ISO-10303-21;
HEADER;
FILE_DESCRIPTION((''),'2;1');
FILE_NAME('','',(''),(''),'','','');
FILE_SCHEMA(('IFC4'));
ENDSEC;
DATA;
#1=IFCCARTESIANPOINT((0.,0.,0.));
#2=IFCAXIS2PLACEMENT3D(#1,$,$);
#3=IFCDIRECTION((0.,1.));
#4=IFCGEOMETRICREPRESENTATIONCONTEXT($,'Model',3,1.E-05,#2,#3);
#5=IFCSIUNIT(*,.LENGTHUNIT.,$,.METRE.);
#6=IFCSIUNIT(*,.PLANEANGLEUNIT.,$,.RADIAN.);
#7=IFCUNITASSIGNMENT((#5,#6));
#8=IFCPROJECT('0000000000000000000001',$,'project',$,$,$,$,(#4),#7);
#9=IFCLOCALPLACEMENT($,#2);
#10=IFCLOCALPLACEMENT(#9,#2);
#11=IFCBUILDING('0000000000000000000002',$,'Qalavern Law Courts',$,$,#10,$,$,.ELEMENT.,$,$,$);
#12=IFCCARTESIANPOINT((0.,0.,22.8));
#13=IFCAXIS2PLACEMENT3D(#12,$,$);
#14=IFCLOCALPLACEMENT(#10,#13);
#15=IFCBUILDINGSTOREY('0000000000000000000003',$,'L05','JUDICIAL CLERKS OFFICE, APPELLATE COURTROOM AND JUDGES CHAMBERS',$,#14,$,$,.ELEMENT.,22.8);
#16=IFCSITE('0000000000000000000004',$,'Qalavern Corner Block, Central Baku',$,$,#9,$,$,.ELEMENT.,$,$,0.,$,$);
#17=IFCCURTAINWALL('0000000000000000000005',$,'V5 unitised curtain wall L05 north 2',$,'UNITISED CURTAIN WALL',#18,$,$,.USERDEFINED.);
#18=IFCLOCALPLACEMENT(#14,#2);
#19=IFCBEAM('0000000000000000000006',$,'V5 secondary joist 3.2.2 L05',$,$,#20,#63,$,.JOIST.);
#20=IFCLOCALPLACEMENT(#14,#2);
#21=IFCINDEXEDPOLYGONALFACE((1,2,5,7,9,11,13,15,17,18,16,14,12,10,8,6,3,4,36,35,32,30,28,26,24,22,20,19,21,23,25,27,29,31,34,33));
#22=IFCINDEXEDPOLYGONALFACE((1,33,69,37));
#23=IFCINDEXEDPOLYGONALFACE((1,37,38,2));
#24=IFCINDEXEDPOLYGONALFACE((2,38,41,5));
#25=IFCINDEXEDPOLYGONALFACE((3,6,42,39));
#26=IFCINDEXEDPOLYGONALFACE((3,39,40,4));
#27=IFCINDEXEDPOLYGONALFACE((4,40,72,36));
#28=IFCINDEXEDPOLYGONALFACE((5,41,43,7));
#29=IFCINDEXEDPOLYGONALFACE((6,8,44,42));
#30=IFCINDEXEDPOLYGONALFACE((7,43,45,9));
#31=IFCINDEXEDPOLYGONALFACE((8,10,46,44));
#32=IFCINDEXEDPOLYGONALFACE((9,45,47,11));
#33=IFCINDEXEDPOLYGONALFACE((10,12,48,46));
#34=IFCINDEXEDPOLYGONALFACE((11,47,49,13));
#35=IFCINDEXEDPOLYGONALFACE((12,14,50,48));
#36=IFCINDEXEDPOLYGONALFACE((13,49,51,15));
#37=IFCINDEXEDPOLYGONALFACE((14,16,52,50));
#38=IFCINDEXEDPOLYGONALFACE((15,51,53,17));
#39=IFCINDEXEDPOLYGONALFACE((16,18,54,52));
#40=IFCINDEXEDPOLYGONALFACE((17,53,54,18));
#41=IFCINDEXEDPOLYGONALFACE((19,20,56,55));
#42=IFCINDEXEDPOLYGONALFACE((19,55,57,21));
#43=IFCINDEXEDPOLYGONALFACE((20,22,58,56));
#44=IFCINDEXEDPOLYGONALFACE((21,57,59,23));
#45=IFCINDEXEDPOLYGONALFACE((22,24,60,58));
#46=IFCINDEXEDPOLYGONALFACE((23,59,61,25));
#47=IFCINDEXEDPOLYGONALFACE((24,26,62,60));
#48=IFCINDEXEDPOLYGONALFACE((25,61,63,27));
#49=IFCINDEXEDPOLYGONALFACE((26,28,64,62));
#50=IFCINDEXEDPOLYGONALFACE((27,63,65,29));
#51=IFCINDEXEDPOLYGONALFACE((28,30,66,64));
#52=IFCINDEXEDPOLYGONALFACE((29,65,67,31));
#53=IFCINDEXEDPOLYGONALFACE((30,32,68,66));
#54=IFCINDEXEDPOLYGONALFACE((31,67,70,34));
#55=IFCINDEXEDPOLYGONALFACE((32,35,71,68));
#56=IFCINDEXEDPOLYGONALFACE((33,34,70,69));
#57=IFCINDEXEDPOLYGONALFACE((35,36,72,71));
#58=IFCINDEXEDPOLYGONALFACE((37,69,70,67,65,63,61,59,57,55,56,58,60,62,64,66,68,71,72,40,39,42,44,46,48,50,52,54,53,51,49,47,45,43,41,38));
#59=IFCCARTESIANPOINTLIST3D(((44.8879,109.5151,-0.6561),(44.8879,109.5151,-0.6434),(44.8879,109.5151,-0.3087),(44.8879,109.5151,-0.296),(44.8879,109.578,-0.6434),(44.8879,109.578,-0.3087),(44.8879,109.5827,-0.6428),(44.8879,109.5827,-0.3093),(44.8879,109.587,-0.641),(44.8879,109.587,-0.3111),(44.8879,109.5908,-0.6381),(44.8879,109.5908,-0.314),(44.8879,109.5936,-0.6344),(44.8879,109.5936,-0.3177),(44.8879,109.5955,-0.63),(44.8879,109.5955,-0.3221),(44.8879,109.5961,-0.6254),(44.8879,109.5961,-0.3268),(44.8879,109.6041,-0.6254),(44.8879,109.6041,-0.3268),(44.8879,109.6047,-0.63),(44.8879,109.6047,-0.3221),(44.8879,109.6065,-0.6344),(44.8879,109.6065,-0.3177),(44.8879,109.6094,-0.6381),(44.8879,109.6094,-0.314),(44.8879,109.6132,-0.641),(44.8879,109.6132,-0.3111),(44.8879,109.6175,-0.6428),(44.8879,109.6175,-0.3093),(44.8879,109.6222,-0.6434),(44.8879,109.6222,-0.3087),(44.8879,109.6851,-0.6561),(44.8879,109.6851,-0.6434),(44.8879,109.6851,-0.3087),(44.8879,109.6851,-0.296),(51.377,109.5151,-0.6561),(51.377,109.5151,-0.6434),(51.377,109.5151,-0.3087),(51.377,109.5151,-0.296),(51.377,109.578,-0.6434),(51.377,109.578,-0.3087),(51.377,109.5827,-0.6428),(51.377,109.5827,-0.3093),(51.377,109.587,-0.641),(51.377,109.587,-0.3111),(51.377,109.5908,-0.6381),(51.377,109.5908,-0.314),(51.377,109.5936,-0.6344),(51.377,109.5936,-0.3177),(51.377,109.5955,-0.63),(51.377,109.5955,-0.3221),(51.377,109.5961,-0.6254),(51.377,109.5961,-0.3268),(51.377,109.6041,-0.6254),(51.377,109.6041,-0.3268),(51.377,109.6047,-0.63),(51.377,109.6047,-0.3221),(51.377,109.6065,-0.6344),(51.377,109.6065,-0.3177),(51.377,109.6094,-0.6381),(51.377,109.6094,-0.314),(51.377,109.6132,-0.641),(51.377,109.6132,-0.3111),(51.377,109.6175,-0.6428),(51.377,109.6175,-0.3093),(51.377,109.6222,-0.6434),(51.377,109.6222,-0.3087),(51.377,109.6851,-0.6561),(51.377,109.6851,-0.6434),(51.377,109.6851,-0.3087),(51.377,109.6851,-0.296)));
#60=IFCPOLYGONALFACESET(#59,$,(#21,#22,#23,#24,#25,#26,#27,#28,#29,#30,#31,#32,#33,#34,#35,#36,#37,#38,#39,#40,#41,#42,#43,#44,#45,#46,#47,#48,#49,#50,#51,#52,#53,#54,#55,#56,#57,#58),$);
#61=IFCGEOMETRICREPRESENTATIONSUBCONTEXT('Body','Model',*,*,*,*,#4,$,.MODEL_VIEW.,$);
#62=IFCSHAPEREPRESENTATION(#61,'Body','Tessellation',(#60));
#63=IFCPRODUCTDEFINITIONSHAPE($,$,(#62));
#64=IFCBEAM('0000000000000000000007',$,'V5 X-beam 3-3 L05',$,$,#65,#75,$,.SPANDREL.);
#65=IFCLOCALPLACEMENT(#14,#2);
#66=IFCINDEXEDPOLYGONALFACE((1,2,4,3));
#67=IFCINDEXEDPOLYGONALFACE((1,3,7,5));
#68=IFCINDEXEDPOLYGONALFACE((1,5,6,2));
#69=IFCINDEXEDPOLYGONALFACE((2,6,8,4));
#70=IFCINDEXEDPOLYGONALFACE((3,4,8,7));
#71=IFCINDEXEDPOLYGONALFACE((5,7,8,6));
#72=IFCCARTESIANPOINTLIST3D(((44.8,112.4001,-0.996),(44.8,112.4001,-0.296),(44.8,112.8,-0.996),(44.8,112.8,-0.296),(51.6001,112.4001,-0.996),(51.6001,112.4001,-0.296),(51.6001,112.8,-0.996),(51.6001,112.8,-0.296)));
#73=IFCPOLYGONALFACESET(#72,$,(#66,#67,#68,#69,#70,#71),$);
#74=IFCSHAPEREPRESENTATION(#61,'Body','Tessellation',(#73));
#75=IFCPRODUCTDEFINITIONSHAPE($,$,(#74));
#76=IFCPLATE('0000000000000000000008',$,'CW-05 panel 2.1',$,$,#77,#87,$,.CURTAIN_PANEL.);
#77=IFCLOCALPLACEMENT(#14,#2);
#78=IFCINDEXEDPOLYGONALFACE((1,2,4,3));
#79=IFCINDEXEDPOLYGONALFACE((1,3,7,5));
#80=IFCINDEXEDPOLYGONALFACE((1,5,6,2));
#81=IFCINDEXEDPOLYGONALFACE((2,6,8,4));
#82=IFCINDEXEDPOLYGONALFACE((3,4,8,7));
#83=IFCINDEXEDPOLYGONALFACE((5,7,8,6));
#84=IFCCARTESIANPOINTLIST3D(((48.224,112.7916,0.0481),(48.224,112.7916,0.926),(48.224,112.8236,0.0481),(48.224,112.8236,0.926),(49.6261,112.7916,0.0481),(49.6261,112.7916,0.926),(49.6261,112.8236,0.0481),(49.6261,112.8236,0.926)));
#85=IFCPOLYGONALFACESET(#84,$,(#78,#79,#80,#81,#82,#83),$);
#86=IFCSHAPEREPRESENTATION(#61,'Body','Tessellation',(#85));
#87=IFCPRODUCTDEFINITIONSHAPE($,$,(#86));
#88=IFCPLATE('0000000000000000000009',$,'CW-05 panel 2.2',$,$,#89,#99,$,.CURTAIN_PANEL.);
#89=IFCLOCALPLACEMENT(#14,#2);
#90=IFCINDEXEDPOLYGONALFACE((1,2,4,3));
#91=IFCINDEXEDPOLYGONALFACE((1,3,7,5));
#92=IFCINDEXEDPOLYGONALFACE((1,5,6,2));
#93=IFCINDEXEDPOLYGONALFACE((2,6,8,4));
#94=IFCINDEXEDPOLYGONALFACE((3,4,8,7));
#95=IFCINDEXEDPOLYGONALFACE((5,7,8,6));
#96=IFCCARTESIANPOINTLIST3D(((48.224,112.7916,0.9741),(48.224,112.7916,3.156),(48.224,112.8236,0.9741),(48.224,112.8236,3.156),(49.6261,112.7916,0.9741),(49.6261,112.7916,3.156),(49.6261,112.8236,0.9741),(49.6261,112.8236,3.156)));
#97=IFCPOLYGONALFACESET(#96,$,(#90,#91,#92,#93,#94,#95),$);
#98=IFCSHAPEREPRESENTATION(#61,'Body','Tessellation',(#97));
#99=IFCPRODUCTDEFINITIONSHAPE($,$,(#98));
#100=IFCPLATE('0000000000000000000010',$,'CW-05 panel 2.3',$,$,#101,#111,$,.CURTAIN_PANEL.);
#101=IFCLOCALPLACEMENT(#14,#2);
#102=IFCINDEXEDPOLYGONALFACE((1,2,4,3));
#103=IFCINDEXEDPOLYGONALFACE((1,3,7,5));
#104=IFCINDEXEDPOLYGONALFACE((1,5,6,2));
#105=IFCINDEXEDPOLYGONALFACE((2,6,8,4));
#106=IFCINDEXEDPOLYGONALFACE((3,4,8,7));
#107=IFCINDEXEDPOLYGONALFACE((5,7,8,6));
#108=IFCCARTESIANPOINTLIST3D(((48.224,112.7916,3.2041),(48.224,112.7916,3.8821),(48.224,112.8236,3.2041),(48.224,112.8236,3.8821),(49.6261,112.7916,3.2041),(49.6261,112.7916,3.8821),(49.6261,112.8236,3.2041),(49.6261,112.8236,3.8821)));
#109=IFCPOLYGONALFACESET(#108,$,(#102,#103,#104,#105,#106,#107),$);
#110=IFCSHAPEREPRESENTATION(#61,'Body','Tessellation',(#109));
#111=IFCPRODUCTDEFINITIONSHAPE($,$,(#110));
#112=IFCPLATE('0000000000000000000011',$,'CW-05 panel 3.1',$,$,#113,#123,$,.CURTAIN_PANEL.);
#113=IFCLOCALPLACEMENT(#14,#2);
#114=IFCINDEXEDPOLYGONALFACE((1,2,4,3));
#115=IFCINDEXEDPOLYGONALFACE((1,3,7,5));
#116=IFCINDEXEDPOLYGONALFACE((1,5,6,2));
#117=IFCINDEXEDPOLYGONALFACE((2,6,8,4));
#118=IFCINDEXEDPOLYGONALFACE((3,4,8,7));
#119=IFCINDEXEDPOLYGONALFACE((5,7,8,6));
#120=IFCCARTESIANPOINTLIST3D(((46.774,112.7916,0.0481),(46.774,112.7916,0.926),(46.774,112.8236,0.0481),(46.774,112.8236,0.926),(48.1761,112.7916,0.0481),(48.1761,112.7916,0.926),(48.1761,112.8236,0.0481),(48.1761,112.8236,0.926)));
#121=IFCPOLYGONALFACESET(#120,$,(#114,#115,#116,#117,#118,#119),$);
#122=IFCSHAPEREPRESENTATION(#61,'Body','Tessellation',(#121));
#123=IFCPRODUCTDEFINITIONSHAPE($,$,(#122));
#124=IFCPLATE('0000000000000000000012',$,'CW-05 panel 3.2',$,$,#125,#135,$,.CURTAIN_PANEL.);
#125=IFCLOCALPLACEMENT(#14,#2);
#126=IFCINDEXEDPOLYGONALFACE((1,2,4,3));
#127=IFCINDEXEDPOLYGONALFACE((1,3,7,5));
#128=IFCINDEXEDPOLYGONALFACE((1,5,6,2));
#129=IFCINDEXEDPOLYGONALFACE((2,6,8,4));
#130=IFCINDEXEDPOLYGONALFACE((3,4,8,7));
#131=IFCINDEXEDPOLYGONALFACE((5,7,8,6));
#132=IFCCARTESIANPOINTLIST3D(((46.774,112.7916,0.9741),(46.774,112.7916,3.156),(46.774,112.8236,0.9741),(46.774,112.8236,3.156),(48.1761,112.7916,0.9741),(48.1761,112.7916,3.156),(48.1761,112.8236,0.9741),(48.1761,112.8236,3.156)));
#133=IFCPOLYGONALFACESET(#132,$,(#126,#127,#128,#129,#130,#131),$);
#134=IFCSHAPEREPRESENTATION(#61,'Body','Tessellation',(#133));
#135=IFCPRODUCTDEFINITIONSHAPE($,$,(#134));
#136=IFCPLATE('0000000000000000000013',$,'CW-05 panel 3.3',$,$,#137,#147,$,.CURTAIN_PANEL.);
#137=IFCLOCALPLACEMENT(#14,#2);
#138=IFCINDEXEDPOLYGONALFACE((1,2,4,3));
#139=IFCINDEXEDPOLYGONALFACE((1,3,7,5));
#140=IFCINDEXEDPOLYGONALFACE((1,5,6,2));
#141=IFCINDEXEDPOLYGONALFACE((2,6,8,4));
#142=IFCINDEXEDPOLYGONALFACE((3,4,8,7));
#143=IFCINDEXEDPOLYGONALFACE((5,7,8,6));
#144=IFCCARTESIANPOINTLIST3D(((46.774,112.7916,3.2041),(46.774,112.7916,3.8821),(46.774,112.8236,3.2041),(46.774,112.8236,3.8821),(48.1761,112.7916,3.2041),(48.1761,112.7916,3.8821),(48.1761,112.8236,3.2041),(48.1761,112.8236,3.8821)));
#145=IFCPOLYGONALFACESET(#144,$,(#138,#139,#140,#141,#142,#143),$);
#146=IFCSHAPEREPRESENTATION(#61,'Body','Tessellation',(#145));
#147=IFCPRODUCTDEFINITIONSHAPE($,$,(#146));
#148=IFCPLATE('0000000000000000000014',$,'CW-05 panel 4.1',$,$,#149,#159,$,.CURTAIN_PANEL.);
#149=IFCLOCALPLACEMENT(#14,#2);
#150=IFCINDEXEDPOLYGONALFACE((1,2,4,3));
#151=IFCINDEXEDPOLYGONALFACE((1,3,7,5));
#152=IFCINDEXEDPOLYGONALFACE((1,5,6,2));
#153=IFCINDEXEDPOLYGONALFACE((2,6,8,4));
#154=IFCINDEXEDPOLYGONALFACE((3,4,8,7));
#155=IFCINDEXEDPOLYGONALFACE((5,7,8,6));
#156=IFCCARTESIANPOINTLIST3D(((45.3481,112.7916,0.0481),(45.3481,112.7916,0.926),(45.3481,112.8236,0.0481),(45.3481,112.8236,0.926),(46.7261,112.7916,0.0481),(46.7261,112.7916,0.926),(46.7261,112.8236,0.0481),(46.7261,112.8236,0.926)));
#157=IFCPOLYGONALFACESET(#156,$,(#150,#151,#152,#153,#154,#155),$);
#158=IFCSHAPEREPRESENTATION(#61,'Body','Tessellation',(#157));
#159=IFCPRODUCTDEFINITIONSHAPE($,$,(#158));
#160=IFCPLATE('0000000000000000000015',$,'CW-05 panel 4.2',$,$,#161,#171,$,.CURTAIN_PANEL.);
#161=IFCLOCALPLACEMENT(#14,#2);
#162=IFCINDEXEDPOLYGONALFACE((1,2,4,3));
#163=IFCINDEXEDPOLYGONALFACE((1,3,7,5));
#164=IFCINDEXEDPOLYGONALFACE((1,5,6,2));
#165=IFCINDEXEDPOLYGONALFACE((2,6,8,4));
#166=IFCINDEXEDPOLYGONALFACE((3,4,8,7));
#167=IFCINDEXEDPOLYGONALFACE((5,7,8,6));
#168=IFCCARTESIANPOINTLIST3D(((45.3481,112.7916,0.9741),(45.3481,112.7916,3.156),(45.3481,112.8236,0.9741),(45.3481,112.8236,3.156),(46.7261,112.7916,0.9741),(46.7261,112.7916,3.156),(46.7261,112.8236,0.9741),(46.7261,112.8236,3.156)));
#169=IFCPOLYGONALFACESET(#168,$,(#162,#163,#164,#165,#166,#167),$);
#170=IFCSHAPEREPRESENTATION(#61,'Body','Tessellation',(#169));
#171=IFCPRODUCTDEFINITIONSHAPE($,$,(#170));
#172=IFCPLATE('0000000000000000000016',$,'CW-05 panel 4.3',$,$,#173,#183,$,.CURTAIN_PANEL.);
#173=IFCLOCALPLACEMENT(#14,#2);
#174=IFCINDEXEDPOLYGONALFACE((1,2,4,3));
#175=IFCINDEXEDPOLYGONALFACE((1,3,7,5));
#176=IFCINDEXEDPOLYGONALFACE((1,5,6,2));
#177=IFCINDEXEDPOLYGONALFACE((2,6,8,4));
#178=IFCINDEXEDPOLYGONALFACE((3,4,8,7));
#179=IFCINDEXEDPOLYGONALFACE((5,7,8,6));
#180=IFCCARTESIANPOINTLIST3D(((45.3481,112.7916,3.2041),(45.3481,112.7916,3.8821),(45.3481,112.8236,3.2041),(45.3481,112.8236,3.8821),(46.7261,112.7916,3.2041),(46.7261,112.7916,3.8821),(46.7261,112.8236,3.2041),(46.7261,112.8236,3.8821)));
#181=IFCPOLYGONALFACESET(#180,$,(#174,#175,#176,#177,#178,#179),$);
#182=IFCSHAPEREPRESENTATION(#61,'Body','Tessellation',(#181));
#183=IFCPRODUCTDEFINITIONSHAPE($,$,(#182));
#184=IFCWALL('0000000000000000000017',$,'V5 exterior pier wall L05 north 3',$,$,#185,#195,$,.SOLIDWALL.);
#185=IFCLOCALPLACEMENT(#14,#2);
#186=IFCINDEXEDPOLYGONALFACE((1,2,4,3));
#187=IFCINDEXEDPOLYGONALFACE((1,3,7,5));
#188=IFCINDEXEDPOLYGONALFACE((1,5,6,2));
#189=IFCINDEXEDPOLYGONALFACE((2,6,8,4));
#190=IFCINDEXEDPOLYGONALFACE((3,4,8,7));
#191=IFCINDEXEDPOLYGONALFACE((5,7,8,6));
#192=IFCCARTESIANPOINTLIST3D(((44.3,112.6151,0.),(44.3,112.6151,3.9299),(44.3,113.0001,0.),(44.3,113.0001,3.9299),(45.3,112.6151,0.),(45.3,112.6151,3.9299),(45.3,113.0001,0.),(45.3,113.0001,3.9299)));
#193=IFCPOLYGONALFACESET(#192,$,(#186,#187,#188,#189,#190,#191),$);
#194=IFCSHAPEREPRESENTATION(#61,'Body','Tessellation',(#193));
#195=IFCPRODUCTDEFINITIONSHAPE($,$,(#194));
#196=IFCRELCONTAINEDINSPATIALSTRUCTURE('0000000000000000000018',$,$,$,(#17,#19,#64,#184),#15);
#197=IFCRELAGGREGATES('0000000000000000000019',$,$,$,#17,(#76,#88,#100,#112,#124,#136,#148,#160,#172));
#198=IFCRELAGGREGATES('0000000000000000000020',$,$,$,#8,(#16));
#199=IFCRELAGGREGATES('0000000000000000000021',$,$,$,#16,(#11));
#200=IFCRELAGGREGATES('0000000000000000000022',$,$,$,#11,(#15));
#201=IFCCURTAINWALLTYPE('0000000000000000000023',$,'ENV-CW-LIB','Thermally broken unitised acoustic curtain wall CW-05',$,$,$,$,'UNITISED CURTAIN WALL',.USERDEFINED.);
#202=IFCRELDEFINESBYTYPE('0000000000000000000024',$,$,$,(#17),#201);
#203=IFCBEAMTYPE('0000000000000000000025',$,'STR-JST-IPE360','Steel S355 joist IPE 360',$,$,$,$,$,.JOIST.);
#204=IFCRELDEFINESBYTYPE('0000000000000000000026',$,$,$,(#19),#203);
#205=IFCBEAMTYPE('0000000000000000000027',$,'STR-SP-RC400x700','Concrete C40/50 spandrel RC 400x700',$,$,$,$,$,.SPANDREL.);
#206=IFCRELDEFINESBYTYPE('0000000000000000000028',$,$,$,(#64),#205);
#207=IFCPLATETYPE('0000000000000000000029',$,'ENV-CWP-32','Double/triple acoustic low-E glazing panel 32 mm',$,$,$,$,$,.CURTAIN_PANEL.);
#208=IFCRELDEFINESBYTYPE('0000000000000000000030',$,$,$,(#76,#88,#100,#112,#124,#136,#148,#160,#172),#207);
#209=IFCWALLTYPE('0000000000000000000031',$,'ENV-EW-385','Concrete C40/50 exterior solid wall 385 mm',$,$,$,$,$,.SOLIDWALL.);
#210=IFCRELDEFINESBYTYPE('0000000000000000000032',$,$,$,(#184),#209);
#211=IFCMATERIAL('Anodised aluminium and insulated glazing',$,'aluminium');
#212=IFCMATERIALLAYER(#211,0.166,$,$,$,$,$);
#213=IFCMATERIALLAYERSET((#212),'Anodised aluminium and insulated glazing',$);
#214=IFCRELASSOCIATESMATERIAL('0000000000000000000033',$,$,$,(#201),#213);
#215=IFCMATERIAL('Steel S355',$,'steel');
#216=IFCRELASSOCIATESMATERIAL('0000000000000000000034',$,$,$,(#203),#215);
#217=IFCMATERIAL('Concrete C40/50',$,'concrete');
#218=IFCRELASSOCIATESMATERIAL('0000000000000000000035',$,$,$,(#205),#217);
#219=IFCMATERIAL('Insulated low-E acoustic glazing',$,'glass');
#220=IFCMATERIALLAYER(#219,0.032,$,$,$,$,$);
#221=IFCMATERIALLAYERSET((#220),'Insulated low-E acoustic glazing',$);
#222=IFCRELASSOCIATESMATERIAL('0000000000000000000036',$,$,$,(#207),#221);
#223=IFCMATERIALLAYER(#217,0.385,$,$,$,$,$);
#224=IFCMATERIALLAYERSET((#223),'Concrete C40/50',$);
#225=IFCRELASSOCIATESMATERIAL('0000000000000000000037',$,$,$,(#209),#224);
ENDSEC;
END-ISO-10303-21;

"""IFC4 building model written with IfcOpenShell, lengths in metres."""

from ifc_helpers import new_model, si_unit, direction, frame, frame_2d, origin, origin_2d, place, context, subcontext, project, spatial, rectangle, i_section, extrude, material, layer, layer_set, material_profile, profile_set, type_object, element, aggregate, save


model = new_model("IFC4")

# Units and contexts
model_context = context("Model", 3, precision=1e-05, world=origin(), true_north=direction((0.0, 1.0)))
body_context = subcontext(model_context, "Body", "Model", "MODEL_VIEW")
ifc_project = project(units=[si_unit("LENGTHUNIT", "METRE"), si_unit("PLANEANGLEUNIT", "RADIAN")], contexts=[model_context])

# Site, building, storey
site_placement = place(None, origin())
site = spatial("IfcSite", under=ifc_project, at=site_placement, Name="Qalavern Corner Block, Central Baku", CompositionType="ELEMENT", RefElevation=0.0)
building_placement = place(site_placement, origin())
building = spatial("IfcBuilding", under=site, at=building_placement, Name="Qalavern Law Courts", CompositionType="ELEMENT")
storey_placement = place(building_placement, frame((0.0, 0.0, 22.8)))
storey = spatial("IfcBuildingStorey", under=building, at=storey_placement, Name="L05", Description="JUDICIAL CLERKS OFFICE, APPELLATE COURTROOM AND JUDGES CHAMBERS", CompositionType="ELEMENT", Elevation=22.8)

# Curtain wall
ifc_material_1 = material(Name="Anodised aluminium and insulated glazing", Category="aluminium")
ifc_layer_1 = layer(ifc_material_1, 0.166)
ifc_layer_set_1 = layer_set([ifc_layer_1], Name="Anodised aluminium and insulated glazing")
curtain_wall_type = type_object("IfcCurtainWallType", Name="ENV-CW-LIB", Description="Thermally broken unitised acoustic curtain wall CW-05", ElementType="UNITISED CURTAIN WALL", PredefinedType="USERDEFINED", material=ifc_layer_set_1)
curtain_wall_1_placement = place(storey_placement, origin())
curtain_wall_1 = element("IfcCurtainWall", 1, at=curtain_wall_1_placement, inside=storey, type_object=curtain_wall_type, Name="V5 unitised curtain wall L05 north 2", ObjectType="UNITISED CURTAIN WALL", PredefinedType="USERDEFINED")

# Beams
ifc_material_2 = material(Name="Steel S355", Category="steel")
ifc_material_profile_1 = material_profile(ifc_material_2, i_section(OverallWidth=0.1699, OverallDepth=0.3601, WebThickness=0.0081, FlangeThickness=0.0127, FilletRadius=0.0181, at=origin_2d()), Name="IPE 360")
ifc_profile_set_1 = profile_set([ifc_material_profile_1], Name="Steel S355")
beam_type_1 = type_object("IfcBeamType", Name="STR-JST-IPE360", Description="Steel S355 joist IPE 360", PredefinedType="JOIST", material=ifc_profile_set_1)
beam_1_placement = place(storey_placement, frame((44.8879, 109.6001, -0.4761), z_axis=(1.0, 0.0, 0.0), x_axis=(0.0, 1.0, 0.0)))
element("IfcBeam", 2, at=beam_1_placement, inside=storey, type_object=beam_type_1, Name="V5 secondary joist 3.2.2 L05", PredefinedType="JOIST", context=body_context, shape_type="SweptSolid", body=[
    extrude(i_section(OverallWidth=0.1699, OverallDepth=0.3601, WebThickness=0.0081, FlangeThickness=0.0127, FilletRadius=0.0181, at=origin_2d()), origin(), (0.0, 0.0, 1.0), 6.489),
])
ifc_material_3 = material(Name="Concrete C40/50", Category="concrete")
ifc_material_profile_2 = material_profile(ifc_material_3, rectangle(XDim=0.3999, YDim=0.7, at=origin_2d()), Name="RC 400x700")
ifc_profile_set_2 = profile_set([ifc_material_profile_2], Name="Concrete C40/50")
beam_type_2 = type_object("IfcBeamType", Name="STR-SP-RC400x700", Description="Concrete C40/50 spandrel RC 400x700", PredefinedType="SPANDREL", material=ifc_profile_set_2)
beam_2_placement = place(storey_placement, frame((44.8, 112.6001, -0.646), z_axis=(1.0, 0.0, 0.0), x_axis=(0.0, 1.0, 0.0)))
element("IfcBeam", 3, at=beam_2_placement, inside=storey, type_object=beam_type_2, Name="V5 X-beam 3-3 L05", PredefinedType="SPANDREL", context=body_context, shape_type="SweptSolid", body=[
    extrude(rectangle(XDim=0.3999, YDim=0.7, at=origin_2d()), origin(), (0.0, 0.0, 1.0), 6.8),
])

# Plates
ifc_material_4 = material(Name="Insulated low-E acoustic glazing", Category="glass")
ifc_layer_2 = layer(ifc_material_4, 0.032)
ifc_layer_set_2 = layer_set([ifc_layer_2], Name="Insulated low-E acoustic glazing")
plate_type = type_object("IfcPlateType", Name="ENV-CWP-32", Description="Double/triple acoustic low-E glazing panel 32 mm", PredefinedType="CURTAIN_PANEL", material=ifc_layer_set_2)
plate_1_placement = place(storey_placement, frame((48.925, 112.8076, 0.0481), z_axis=(0.0, 0.0, 1.0), x_axis=(-1.0, 0.0, 0.0)))
plate_1 = element("IfcPlate", 4, at=plate_1_placement, type_object=plate_type, Name="CW-05 panel 2.1", PredefinedType="CURTAIN_PANEL", context=body_context, shape_type="SweptSolid", body=[
    extrude(rectangle(XDim=1.4021, YDim=0.032, at=origin_2d()), origin(), (0.0, 0.0, 1.0), 0.8779),
])
plate_2_placement = place(storey_placement, frame((48.925, 112.8076, 0.9741), z_axis=(0.0, 0.0, 1.0), x_axis=(-1.0, 0.0, 0.0)))
plate_2 = element("IfcPlate", 5, at=plate_2_placement, type_object=plate_type, Name="CW-05 panel 2.2", PredefinedType="CURTAIN_PANEL", context=body_context, shape_type="SweptSolid", body=[
    extrude(rectangle(XDim=1.4021, YDim=0.032, at=origin_2d()), origin(), (0.0, 0.0, 1.0), 2.1819),
])
plate_3_placement = place(storey_placement, frame((48.925, 112.8076, 3.2041), z_axis=(0.0, 0.0, 1.0), x_axis=(-1.0, 0.0, 0.0)))
plate_3 = element("IfcPlate", 6, at=plate_3_placement, type_object=plate_type, Name="CW-05 panel 2.3", PredefinedType="CURTAIN_PANEL", context=body_context, shape_type="SweptSolid", body=[
    extrude(rectangle(XDim=1.4021, YDim=0.032, at=origin_2d()), origin(), (0.0, 0.0, 1.0), 0.678),
])
plate_4_placement = place(storey_placement, frame((47.4751, 112.8076, 0.0481), z_axis=(0.0, 0.0, 1.0), x_axis=(-1.0, 0.0, 0.0)))
plate_4 = element("IfcPlate", 7, at=plate_4_placement, type_object=plate_type, Name="CW-05 panel 3.1", PredefinedType="CURTAIN_PANEL", context=body_context, shape_type="SweptSolid", body=[
    extrude(rectangle(XDim=1.4021, YDim=0.032, at=origin_2d()), origin(), (0.0, 0.0, 1.0), 0.8779),
])
plate_5_placement = place(storey_placement, frame((47.4751, 112.8076, 0.9741), z_axis=(0.0, 0.0, 1.0), x_axis=(-1.0, 0.0, 0.0)))
plate_5 = element("IfcPlate", 8, at=plate_5_placement, type_object=plate_type, Name="CW-05 panel 3.2", PredefinedType="CURTAIN_PANEL", context=body_context, shape_type="SweptSolid", body=[
    extrude(rectangle(XDim=1.4021, YDim=0.032, at=origin_2d()), origin(), (0.0, 0.0, 1.0), 2.1819),
])
plate_6_placement = place(storey_placement, frame((47.4751, 112.8076, 3.2041), z_axis=(0.0, 0.0, 1.0), x_axis=(-1.0, 0.0, 0.0)))
plate_6 = element("IfcPlate", 9, at=plate_6_placement, type_object=plate_type, Name="CW-05 panel 3.3", PredefinedType="CURTAIN_PANEL", context=body_context, shape_type="SweptSolid", body=[
    extrude(rectangle(XDim=1.4021, YDim=0.032, at=origin_2d()), origin(), (0.0, 0.0, 1.0), 0.678),
])
plate_7_placement = place(storey_placement, frame((46.0371, 112.8076, 0.0481), z_axis=(0.0, 0.0, 1.0), x_axis=(-1.0, 0.0, 0.0)))
plate_7 = element("IfcPlate", 10, at=plate_7_placement, type_object=plate_type, Name="CW-05 panel 4.1", PredefinedType="CURTAIN_PANEL", context=body_context, shape_type="SweptSolid", body=[
    extrude(rectangle(XDim=1.3779, YDim=0.032, at=origin_2d()), origin(), (0.0, 0.0, 1.0), 0.8779),
])
plate_8_placement = place(storey_placement, frame((46.0371, 112.8076, 0.9741), z_axis=(0.0, 0.0, 1.0), x_axis=(-1.0, 0.0, 0.0)))
plate_8 = element("IfcPlate", 11, at=plate_8_placement, type_object=plate_type, Name="CW-05 panel 4.2", PredefinedType="CURTAIN_PANEL", context=body_context, shape_type="SweptSolid", body=[
    extrude(rectangle(XDim=1.3779, YDim=0.032, at=origin_2d()), origin(), (0.0, 0.0, 1.0), 2.1819),
])
plate_9_placement = place(storey_placement, frame((46.0371, 112.8076, 3.2041), z_axis=(0.0, 0.0, 1.0), x_axis=(-1.0, 0.0, 0.0)))
plate_9 = element("IfcPlate", 12, at=plate_9_placement, type_object=plate_type, Name="CW-05 panel 4.3", PredefinedType="CURTAIN_PANEL", context=body_context, shape_type="SweptSolid", body=[
    extrude(rectangle(XDim=1.3779, YDim=0.032, at=origin_2d()), origin(), (0.0, 0.0, 1.0), 0.678),
])
aggregate(curtain_wall_1, [plate_1, plate_2, plate_3, plate_4, plate_5, plate_6, plate_7, plate_8, plate_9])

# Wall
ifc_layer_3 = layer(ifc_material_3, 0.385)
ifc_layer_set_3 = layer_set([ifc_layer_3], Name="Concrete C40/50")
wall_type_1 = type_object("IfcWallType", Name="ENV-EW-385", Description="Concrete C40/50 exterior solid wall 385 mm", PredefinedType="SOLIDWALL", material=ifc_layer_set_3)
wall_1_placement = place(storey_placement, frame((45.3, 112.8076, 0.0), z_axis=(0.0, 0.0, 1.0), x_axis=(-1.0, 0.0, 0.0)))
element("IfcWall", 13, at=wall_1_placement, inside=storey, type_object=wall_type_1, Name="V5 exterior pier wall L05 north 3", PredefinedType="SOLIDWALL", context=body_context, shape_type="SweptSolid", body=[
    extrude(rectangle(XDim=1.0, YDim=0.385, at=frame_2d((0.5, 0.0))), origin(), (0.0, 0.0, 1.0), 3.9299),
])

save(model, "model.ifc")
